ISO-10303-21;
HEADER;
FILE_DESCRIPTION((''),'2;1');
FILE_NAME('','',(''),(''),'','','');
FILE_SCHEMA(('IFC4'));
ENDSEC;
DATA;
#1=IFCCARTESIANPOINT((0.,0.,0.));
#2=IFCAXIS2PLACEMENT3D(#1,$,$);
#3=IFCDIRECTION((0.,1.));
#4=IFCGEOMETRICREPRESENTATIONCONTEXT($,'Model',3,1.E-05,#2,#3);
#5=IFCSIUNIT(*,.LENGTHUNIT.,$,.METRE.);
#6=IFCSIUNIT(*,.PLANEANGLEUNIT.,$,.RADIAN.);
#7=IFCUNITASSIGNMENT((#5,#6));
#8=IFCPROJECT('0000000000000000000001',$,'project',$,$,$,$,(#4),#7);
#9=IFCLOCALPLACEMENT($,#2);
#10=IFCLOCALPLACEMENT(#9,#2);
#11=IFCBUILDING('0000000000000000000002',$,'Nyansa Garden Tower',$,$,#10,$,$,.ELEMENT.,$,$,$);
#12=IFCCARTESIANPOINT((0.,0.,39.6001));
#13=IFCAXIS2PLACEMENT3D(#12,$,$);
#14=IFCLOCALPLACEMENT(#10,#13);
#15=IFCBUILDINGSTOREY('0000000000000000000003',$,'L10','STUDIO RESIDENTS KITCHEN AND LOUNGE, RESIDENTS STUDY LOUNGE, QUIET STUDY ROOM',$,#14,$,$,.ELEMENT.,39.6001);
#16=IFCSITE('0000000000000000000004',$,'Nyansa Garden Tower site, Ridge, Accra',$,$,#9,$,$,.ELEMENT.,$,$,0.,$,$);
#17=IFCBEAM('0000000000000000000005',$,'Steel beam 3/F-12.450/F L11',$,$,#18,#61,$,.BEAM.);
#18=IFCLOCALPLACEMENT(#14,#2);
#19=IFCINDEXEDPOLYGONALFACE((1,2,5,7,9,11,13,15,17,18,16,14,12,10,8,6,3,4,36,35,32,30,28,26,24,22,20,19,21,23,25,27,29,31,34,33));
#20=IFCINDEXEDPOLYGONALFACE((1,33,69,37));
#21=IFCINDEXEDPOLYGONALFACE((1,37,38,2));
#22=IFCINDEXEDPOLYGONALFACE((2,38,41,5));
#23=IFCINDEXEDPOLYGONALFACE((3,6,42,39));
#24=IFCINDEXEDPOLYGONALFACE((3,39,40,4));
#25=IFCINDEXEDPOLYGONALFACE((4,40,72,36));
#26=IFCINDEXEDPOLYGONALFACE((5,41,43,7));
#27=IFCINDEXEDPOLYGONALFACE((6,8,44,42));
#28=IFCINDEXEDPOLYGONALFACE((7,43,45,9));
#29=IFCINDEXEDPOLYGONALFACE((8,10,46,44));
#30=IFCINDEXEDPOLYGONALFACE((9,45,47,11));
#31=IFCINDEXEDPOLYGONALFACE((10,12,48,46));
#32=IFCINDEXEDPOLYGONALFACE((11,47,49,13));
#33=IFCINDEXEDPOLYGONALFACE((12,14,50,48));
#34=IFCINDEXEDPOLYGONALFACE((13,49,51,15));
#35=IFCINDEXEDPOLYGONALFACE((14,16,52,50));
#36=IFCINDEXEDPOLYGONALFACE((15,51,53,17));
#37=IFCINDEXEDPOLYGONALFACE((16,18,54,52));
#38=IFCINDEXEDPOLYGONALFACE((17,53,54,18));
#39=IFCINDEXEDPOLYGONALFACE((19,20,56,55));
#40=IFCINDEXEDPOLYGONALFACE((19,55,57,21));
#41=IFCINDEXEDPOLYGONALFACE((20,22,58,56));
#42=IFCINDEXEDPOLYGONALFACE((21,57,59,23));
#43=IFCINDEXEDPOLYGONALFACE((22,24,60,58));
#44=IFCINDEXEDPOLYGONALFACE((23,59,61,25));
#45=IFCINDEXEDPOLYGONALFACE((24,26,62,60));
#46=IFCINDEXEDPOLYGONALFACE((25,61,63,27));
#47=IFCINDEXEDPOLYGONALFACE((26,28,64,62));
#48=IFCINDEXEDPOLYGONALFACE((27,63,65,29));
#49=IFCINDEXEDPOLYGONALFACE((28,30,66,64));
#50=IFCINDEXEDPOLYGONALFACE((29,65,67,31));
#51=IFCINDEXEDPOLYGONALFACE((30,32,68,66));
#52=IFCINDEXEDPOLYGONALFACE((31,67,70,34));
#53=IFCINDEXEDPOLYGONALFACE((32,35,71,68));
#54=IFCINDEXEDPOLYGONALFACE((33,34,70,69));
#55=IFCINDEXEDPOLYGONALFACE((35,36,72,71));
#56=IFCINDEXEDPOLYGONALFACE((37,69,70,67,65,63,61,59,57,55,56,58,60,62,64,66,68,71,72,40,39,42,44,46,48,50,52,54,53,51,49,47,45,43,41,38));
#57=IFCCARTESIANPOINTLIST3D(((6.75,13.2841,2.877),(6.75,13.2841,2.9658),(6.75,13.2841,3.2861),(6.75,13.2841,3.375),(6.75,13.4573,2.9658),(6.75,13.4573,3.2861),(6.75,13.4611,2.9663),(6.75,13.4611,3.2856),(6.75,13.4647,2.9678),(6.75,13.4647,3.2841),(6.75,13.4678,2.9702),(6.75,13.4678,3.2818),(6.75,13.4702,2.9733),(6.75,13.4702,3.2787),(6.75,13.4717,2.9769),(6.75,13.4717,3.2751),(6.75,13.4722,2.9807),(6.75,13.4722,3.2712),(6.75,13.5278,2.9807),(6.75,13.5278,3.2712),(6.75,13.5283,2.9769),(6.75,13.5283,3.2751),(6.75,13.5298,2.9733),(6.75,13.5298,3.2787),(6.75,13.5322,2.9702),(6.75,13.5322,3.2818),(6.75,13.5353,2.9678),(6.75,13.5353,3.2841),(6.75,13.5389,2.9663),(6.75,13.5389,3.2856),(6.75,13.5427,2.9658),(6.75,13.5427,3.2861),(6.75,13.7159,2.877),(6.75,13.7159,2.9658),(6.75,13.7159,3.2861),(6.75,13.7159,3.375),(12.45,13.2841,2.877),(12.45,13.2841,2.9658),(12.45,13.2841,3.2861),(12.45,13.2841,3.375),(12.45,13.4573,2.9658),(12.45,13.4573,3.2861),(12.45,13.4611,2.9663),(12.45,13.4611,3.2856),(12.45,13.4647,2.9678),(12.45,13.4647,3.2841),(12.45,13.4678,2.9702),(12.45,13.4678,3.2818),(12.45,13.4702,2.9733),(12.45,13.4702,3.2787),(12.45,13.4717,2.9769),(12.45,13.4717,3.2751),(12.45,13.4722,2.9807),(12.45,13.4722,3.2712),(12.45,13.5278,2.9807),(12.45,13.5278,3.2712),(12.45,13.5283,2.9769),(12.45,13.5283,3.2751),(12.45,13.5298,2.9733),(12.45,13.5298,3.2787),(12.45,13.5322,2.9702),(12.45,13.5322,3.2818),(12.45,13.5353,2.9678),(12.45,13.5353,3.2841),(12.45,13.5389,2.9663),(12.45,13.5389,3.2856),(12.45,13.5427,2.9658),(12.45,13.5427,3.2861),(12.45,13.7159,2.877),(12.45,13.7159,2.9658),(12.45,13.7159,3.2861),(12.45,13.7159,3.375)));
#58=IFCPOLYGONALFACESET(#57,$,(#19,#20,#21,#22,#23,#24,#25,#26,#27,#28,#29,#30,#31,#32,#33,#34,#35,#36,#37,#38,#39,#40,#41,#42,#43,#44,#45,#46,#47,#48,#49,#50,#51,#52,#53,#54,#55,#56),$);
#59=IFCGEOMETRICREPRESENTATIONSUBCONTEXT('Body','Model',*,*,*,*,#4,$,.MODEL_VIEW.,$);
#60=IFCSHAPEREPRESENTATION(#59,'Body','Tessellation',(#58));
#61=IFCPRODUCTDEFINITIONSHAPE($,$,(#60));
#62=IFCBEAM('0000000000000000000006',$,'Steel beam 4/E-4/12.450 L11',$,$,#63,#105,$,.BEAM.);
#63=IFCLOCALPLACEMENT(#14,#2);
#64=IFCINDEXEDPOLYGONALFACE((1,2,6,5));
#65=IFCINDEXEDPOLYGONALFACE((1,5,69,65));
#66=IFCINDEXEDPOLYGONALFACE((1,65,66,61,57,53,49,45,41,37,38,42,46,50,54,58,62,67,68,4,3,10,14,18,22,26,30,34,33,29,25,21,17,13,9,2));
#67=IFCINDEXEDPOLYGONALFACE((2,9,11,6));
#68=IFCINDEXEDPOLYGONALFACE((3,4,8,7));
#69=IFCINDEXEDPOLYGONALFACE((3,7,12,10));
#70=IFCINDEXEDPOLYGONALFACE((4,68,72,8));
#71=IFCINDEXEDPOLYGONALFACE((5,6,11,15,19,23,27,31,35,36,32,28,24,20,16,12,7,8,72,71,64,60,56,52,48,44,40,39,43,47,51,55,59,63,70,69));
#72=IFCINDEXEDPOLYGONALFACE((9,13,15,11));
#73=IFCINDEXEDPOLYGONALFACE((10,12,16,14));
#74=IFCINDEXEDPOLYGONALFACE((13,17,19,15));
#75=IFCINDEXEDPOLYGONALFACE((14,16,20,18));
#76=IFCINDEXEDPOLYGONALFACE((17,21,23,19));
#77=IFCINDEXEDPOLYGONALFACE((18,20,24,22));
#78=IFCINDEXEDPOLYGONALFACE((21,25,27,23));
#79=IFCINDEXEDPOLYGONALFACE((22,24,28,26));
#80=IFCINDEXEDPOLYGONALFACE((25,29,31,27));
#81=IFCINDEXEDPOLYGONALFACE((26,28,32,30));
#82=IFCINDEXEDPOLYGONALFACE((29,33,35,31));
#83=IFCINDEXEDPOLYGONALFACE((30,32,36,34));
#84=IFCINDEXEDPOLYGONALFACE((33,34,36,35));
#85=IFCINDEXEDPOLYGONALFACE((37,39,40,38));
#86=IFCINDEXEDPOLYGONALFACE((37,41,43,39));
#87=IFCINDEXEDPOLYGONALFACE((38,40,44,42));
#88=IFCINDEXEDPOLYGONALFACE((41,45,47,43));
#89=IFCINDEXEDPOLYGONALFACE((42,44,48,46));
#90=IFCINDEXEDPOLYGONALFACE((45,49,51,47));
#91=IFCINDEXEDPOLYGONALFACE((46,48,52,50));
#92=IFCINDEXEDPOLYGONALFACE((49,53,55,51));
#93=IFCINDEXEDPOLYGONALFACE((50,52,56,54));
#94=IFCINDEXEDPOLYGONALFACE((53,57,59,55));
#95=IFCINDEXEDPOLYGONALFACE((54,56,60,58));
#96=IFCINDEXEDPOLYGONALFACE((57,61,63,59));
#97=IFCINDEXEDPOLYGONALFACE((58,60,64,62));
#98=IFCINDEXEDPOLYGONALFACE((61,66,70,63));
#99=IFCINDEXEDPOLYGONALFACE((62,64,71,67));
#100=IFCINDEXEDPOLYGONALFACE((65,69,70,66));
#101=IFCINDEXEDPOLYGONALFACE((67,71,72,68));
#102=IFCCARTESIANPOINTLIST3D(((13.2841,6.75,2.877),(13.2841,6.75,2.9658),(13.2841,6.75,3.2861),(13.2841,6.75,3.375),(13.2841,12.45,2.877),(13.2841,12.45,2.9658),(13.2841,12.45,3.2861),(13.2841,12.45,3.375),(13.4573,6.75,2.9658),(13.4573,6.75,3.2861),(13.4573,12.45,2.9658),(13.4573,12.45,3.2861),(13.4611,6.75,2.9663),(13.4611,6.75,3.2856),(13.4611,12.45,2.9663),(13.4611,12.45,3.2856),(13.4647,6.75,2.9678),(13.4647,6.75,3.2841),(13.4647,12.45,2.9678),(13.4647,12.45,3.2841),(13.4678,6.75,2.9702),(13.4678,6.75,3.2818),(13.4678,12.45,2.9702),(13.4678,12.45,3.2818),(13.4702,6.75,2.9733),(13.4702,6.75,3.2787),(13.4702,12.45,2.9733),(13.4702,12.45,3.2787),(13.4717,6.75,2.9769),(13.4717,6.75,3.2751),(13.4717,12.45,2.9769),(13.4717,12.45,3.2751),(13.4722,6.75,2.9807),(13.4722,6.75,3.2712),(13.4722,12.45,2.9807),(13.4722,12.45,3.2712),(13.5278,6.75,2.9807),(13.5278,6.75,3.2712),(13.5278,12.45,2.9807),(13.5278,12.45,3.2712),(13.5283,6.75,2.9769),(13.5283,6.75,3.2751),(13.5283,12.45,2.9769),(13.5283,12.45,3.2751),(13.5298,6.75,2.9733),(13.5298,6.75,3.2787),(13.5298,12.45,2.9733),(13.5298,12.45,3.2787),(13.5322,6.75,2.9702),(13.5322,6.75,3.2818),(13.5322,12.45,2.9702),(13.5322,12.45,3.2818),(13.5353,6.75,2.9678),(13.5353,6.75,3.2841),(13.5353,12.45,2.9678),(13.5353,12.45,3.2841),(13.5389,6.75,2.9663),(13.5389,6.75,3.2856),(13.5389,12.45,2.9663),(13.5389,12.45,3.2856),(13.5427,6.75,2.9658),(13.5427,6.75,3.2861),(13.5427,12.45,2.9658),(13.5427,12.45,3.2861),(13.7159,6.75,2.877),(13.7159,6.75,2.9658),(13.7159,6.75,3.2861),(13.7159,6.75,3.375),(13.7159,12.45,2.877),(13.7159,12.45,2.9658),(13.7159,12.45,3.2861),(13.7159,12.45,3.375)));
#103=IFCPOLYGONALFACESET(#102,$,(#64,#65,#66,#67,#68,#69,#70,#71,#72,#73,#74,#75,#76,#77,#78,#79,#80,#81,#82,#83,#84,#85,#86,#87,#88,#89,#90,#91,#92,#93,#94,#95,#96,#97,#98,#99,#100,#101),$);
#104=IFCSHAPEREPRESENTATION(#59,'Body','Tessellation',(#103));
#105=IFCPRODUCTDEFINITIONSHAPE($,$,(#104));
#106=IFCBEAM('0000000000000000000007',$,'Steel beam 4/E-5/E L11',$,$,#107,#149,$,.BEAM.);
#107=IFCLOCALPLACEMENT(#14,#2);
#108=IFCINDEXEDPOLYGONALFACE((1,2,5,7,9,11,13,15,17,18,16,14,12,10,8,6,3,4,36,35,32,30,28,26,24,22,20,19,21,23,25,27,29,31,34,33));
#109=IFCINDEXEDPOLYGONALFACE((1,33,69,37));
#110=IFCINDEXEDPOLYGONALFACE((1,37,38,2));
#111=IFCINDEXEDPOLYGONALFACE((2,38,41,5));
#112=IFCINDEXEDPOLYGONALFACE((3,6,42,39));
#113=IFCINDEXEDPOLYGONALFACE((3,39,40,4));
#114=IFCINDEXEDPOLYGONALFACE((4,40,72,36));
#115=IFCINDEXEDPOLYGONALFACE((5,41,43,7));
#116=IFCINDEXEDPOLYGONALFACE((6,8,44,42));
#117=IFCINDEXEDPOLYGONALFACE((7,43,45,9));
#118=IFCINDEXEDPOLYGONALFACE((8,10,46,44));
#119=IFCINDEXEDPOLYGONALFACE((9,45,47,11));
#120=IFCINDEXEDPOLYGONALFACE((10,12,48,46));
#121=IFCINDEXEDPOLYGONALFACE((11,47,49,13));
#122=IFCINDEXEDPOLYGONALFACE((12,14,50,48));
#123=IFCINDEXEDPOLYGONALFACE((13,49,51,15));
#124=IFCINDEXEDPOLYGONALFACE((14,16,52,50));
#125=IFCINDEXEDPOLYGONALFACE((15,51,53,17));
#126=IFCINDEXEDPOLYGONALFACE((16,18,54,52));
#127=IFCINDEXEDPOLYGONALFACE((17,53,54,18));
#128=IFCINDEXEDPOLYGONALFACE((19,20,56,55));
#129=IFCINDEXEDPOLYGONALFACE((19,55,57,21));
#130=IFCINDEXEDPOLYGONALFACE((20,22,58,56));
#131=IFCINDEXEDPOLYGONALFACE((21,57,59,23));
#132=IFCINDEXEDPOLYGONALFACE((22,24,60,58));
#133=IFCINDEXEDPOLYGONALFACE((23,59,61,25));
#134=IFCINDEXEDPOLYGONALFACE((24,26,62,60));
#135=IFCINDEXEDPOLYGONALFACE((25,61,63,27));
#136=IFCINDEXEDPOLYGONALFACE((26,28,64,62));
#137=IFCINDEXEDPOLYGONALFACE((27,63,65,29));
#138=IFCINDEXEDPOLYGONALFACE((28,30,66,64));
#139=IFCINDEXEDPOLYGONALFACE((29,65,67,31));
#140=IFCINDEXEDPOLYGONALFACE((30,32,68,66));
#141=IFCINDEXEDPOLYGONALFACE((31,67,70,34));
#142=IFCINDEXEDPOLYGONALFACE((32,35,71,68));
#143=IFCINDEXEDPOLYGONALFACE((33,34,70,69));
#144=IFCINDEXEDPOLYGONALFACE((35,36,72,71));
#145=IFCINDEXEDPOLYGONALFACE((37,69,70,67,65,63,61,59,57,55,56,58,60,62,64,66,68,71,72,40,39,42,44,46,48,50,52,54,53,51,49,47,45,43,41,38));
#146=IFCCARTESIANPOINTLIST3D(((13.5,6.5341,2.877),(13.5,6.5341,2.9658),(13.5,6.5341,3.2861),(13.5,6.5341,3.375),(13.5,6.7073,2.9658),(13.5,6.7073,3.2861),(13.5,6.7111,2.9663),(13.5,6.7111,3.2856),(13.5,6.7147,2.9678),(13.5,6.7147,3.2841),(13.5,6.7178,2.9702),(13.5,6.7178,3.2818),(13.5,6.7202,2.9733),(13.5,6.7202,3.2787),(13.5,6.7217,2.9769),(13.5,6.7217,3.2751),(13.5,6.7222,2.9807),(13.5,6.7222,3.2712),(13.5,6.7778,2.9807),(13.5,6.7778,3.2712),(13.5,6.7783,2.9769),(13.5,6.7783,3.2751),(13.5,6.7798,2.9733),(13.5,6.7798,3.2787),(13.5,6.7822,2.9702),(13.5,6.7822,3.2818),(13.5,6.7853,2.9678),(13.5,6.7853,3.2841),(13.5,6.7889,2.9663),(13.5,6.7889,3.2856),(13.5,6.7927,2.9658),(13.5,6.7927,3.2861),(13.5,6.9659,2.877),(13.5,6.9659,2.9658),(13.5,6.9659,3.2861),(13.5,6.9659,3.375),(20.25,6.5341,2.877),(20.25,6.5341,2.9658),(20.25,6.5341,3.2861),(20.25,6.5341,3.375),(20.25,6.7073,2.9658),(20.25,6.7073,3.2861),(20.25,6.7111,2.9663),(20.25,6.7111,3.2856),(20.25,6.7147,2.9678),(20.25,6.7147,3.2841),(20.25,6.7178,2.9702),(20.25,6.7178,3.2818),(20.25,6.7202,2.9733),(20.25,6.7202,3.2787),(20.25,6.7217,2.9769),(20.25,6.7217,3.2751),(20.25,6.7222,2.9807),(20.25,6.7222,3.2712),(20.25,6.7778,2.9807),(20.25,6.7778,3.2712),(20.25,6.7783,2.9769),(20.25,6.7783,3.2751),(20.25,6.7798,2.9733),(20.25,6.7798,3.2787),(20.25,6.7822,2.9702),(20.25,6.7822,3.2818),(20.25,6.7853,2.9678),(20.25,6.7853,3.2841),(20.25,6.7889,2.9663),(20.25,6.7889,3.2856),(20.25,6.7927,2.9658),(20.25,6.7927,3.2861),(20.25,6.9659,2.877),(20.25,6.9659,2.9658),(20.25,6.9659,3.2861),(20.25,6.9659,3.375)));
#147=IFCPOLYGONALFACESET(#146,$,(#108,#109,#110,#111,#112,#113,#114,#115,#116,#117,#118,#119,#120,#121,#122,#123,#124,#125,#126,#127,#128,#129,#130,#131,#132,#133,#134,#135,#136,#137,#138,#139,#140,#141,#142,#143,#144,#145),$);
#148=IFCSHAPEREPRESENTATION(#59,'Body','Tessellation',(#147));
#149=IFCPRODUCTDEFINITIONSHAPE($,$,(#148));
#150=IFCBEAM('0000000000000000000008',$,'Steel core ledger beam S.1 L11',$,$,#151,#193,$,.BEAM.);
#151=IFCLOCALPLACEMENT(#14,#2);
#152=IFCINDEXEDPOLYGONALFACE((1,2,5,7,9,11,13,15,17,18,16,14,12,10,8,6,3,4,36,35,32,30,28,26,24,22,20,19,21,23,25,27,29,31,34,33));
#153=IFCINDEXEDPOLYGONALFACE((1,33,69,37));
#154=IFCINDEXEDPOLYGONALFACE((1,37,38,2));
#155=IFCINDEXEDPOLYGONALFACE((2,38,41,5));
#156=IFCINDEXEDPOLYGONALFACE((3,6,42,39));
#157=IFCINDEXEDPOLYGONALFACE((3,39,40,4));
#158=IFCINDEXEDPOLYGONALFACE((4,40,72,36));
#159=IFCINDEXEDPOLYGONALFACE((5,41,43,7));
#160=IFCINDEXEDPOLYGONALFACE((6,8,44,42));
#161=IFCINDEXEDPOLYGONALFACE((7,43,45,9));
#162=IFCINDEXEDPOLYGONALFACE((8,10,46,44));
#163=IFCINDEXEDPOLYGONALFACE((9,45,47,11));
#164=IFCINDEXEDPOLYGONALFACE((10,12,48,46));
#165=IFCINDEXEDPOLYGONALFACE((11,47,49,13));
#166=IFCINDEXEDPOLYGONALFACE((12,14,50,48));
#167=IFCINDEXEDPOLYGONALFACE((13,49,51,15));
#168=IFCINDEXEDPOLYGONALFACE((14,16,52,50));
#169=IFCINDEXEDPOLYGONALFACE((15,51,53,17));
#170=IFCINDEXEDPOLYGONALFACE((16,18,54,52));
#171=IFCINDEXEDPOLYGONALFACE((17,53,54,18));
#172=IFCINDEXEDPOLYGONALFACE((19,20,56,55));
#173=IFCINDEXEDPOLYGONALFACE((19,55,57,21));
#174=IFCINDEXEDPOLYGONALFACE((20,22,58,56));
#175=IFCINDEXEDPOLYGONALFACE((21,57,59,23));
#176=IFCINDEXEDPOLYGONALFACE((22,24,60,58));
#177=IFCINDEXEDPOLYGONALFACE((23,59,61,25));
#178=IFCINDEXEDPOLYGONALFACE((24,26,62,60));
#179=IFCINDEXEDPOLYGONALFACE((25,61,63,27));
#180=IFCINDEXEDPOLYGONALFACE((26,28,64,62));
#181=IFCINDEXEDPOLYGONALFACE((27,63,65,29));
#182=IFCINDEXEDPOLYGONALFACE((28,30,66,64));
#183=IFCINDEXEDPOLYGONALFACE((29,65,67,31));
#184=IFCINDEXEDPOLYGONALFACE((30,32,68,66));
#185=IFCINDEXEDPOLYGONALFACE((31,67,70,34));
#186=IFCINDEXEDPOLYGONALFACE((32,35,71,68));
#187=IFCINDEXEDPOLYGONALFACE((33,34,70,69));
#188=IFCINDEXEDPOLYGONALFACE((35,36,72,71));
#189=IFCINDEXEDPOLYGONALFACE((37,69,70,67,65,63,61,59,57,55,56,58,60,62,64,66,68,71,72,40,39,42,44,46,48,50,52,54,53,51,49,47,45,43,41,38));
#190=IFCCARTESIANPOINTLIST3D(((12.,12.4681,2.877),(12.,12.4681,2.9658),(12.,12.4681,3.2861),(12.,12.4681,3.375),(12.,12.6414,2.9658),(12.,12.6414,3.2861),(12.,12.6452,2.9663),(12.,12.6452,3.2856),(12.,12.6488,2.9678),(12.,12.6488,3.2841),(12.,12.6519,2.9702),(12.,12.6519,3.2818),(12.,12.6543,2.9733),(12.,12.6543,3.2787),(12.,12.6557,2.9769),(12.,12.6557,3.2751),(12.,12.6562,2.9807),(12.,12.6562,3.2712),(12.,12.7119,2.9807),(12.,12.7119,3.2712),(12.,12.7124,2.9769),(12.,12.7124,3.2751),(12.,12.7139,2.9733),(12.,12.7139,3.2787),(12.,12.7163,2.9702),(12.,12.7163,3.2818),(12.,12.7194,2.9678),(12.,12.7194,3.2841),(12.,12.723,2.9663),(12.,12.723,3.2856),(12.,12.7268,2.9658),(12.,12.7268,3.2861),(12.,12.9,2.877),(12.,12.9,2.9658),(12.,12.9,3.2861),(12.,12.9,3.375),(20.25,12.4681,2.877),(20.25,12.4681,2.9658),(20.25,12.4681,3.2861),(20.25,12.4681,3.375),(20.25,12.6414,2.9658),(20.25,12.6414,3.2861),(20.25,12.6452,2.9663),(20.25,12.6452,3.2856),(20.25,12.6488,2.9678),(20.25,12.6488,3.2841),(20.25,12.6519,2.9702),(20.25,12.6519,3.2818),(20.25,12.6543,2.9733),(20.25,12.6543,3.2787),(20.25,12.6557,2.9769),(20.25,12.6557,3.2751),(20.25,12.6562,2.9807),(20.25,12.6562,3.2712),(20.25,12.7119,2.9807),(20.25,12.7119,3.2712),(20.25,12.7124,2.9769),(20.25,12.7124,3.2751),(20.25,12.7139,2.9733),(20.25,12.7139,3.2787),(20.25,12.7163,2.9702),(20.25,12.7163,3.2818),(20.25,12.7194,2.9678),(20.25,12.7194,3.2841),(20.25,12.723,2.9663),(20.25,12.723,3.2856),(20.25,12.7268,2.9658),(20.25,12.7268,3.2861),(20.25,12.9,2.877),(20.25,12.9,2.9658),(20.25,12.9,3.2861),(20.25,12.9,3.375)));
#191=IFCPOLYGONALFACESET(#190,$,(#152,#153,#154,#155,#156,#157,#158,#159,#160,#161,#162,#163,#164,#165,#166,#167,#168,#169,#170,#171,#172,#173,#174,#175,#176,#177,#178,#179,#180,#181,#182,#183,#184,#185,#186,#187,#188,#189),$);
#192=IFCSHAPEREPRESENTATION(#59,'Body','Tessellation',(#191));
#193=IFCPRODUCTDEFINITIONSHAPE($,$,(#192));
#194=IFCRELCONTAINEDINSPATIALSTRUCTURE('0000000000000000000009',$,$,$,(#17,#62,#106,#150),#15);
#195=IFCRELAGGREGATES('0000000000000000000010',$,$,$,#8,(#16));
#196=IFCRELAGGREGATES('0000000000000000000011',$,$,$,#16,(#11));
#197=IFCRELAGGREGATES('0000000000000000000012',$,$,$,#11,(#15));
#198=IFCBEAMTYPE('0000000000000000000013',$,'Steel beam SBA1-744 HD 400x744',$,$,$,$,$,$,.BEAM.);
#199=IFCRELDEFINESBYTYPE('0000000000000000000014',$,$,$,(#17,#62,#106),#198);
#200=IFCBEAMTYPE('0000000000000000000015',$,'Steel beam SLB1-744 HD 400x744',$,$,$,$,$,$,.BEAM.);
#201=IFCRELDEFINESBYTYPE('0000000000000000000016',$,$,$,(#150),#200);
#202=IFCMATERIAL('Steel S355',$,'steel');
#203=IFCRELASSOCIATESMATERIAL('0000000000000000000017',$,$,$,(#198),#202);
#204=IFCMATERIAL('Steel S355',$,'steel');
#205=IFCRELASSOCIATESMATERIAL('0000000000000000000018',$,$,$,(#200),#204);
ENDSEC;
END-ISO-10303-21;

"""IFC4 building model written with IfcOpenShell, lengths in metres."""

from ifc_helpers import new_model, si_unit, direction, frame, origin, origin_2d, place, context, subcontext, project, spatial, i_section, extrude, material, material_profile, profile_set, type_object, element, save


model = new_model("IFC4")

# Units and contexts
model_context = context("Model", 3, precision=1e-05, world=origin(), true_north=direction((0.0, 1.0)))
body_context = subcontext(model_context, "Body", "Model", "MODEL_VIEW")
ifc_project = project(units=[si_unit("LENGTHUNIT", "METRE"), si_unit("PLANEANGLEUNIT", "RADIAN")], contexts=[model_context])

# Site, building, storey
site_placement = place(None, origin())
site = spatial("IfcSite", under=ifc_project, at=site_placement, Name="Nyansa Garden Tower site, Ridge, Accra", CompositionType="ELEMENT", RefElevation=0.0)
building_placement = place(site_placement, origin())
building = spatial("IfcBuilding", under=site, at=building_placement, Name="Nyansa Garden Tower", CompositionType="ELEMENT")
storey_placement = place(building_placement, frame((0.0, 0.0, 39.6001)))
storey = spatial("IfcBuildingStorey", under=building, at=storey_placement, Name="L10", Description="STUDIO RESIDENTS KITCHEN AND LOUNGE, RESIDENTS STUDY LOUNGE, QUIET STUDY ROOM", CompositionType="ELEMENT", Elevation=39.6001)

# Beams
ifc_material_1 = material(Name="Steel S355", Category="steel")
ifc_material_profile_1 = material_profile(ifc_material_1, i_section(OverallWidth=0.4319, OverallDepth=0.498, WebThickness=0.0557, FlangeThickness=0.0889, FilletRadius=0.0149, at=origin_2d()), Name="HD 400x744")
ifc_profile_set_1 = profile_set([ifc_material_profile_1], Name="Steel S355")
beam_type_1 = type_object("IfcBeamType", Name="Steel beam SBA1-744 HD 400x744", PredefinedType="BEAM", material=ifc_profile_set_1)
for number, where, z_axis, x_axis, name in (
    (1, (6.75, 13.5, 3.126), (1.0, 0.0, 0.0), (0.0, 1.0, 0.0), "Steel beam 3/F-12.450/F L11"),
    (2, (13.5, 6.75, 3.126), (0.0, 1.0, 0.0), (-1.0, 0.0, 0.0), "Steel beam 4/E-4/12.450 L11"),
):
    element("IfcBeam", number, at=place(storey_placement, frame(where, z_axis=z_axis, x_axis=x_axis)), inside=storey, type_object=beam_type_1, Name=name, PredefinedType="BEAM", context=body_context, shape_type="SweptSolid", body=[
        extrude(i_section(OverallWidth=0.4319, OverallDepth=0.498, WebThickness=0.0557, FlangeThickness=0.0889, FilletRadius=0.0149, at=origin_2d()), origin(), (0.0, 0.0, 1.0), 5.7),
    ])
beam_1_placement = place(storey_placement, frame((13.5, 6.75, 3.126), z_axis=(1.0, 0.0, 0.0), x_axis=(0.0, 1.0, 0.0)))
element("IfcBeam", 3, at=beam_1_placement, inside=storey, type_object=beam_type_1, Name="Steel beam 4/E-5/E L11", PredefinedType="BEAM", context=body_context, shape_type="SweptSolid", body=[
    extrude(i_section(OverallWidth=0.4319, OverallDepth=0.498, WebThickness=0.0557, FlangeThickness=0.0889, FilletRadius=0.0149, at=origin_2d()), origin(), (0.0, 0.0, 1.0), 6.75),
])
ifc_material_2 = material(Name="Steel S355", Category="steel")
ifc_material_profile_2 = material_profile(ifc_material_2, i_section(OverallWidth=0.4319, OverallDepth=0.498, WebThickness=0.0557, FlangeThickness=0.0889, FilletRadius=0.0149, at=origin_2d()), Name="HD 400x744")
ifc_profile_set_2 = profile_set([ifc_material_profile_2], Name="Steel S355")
beam_type_2 = type_object("IfcBeamType", Name="Steel beam SLB1-744 HD 400x744", PredefinedType="BEAM", material=ifc_profile_set_2)
beam_2_placement = place(storey_placement, frame((12.0, 12.6841, 3.126), z_axis=(1.0, 0.0, 0.0), x_axis=(0.0, 1.0, 0.0)))
element("IfcBeam", 4, at=beam_2_placement, inside=storey, type_object=beam_type_2, Name="Steel core ledger beam S.1 L11", PredefinedType="BEAM", context=body_context, shape_type="SweptSolid", body=[
    extrude(i_section(OverallWidth=0.4319, OverallDepth=0.498, WebThickness=0.0557, FlangeThickness=0.0889, FilletRadius=0.0149, at=origin_2d()), origin(), (0.0, 0.0, 1.0), 8.25),
])

save(model, "model.ifc")
